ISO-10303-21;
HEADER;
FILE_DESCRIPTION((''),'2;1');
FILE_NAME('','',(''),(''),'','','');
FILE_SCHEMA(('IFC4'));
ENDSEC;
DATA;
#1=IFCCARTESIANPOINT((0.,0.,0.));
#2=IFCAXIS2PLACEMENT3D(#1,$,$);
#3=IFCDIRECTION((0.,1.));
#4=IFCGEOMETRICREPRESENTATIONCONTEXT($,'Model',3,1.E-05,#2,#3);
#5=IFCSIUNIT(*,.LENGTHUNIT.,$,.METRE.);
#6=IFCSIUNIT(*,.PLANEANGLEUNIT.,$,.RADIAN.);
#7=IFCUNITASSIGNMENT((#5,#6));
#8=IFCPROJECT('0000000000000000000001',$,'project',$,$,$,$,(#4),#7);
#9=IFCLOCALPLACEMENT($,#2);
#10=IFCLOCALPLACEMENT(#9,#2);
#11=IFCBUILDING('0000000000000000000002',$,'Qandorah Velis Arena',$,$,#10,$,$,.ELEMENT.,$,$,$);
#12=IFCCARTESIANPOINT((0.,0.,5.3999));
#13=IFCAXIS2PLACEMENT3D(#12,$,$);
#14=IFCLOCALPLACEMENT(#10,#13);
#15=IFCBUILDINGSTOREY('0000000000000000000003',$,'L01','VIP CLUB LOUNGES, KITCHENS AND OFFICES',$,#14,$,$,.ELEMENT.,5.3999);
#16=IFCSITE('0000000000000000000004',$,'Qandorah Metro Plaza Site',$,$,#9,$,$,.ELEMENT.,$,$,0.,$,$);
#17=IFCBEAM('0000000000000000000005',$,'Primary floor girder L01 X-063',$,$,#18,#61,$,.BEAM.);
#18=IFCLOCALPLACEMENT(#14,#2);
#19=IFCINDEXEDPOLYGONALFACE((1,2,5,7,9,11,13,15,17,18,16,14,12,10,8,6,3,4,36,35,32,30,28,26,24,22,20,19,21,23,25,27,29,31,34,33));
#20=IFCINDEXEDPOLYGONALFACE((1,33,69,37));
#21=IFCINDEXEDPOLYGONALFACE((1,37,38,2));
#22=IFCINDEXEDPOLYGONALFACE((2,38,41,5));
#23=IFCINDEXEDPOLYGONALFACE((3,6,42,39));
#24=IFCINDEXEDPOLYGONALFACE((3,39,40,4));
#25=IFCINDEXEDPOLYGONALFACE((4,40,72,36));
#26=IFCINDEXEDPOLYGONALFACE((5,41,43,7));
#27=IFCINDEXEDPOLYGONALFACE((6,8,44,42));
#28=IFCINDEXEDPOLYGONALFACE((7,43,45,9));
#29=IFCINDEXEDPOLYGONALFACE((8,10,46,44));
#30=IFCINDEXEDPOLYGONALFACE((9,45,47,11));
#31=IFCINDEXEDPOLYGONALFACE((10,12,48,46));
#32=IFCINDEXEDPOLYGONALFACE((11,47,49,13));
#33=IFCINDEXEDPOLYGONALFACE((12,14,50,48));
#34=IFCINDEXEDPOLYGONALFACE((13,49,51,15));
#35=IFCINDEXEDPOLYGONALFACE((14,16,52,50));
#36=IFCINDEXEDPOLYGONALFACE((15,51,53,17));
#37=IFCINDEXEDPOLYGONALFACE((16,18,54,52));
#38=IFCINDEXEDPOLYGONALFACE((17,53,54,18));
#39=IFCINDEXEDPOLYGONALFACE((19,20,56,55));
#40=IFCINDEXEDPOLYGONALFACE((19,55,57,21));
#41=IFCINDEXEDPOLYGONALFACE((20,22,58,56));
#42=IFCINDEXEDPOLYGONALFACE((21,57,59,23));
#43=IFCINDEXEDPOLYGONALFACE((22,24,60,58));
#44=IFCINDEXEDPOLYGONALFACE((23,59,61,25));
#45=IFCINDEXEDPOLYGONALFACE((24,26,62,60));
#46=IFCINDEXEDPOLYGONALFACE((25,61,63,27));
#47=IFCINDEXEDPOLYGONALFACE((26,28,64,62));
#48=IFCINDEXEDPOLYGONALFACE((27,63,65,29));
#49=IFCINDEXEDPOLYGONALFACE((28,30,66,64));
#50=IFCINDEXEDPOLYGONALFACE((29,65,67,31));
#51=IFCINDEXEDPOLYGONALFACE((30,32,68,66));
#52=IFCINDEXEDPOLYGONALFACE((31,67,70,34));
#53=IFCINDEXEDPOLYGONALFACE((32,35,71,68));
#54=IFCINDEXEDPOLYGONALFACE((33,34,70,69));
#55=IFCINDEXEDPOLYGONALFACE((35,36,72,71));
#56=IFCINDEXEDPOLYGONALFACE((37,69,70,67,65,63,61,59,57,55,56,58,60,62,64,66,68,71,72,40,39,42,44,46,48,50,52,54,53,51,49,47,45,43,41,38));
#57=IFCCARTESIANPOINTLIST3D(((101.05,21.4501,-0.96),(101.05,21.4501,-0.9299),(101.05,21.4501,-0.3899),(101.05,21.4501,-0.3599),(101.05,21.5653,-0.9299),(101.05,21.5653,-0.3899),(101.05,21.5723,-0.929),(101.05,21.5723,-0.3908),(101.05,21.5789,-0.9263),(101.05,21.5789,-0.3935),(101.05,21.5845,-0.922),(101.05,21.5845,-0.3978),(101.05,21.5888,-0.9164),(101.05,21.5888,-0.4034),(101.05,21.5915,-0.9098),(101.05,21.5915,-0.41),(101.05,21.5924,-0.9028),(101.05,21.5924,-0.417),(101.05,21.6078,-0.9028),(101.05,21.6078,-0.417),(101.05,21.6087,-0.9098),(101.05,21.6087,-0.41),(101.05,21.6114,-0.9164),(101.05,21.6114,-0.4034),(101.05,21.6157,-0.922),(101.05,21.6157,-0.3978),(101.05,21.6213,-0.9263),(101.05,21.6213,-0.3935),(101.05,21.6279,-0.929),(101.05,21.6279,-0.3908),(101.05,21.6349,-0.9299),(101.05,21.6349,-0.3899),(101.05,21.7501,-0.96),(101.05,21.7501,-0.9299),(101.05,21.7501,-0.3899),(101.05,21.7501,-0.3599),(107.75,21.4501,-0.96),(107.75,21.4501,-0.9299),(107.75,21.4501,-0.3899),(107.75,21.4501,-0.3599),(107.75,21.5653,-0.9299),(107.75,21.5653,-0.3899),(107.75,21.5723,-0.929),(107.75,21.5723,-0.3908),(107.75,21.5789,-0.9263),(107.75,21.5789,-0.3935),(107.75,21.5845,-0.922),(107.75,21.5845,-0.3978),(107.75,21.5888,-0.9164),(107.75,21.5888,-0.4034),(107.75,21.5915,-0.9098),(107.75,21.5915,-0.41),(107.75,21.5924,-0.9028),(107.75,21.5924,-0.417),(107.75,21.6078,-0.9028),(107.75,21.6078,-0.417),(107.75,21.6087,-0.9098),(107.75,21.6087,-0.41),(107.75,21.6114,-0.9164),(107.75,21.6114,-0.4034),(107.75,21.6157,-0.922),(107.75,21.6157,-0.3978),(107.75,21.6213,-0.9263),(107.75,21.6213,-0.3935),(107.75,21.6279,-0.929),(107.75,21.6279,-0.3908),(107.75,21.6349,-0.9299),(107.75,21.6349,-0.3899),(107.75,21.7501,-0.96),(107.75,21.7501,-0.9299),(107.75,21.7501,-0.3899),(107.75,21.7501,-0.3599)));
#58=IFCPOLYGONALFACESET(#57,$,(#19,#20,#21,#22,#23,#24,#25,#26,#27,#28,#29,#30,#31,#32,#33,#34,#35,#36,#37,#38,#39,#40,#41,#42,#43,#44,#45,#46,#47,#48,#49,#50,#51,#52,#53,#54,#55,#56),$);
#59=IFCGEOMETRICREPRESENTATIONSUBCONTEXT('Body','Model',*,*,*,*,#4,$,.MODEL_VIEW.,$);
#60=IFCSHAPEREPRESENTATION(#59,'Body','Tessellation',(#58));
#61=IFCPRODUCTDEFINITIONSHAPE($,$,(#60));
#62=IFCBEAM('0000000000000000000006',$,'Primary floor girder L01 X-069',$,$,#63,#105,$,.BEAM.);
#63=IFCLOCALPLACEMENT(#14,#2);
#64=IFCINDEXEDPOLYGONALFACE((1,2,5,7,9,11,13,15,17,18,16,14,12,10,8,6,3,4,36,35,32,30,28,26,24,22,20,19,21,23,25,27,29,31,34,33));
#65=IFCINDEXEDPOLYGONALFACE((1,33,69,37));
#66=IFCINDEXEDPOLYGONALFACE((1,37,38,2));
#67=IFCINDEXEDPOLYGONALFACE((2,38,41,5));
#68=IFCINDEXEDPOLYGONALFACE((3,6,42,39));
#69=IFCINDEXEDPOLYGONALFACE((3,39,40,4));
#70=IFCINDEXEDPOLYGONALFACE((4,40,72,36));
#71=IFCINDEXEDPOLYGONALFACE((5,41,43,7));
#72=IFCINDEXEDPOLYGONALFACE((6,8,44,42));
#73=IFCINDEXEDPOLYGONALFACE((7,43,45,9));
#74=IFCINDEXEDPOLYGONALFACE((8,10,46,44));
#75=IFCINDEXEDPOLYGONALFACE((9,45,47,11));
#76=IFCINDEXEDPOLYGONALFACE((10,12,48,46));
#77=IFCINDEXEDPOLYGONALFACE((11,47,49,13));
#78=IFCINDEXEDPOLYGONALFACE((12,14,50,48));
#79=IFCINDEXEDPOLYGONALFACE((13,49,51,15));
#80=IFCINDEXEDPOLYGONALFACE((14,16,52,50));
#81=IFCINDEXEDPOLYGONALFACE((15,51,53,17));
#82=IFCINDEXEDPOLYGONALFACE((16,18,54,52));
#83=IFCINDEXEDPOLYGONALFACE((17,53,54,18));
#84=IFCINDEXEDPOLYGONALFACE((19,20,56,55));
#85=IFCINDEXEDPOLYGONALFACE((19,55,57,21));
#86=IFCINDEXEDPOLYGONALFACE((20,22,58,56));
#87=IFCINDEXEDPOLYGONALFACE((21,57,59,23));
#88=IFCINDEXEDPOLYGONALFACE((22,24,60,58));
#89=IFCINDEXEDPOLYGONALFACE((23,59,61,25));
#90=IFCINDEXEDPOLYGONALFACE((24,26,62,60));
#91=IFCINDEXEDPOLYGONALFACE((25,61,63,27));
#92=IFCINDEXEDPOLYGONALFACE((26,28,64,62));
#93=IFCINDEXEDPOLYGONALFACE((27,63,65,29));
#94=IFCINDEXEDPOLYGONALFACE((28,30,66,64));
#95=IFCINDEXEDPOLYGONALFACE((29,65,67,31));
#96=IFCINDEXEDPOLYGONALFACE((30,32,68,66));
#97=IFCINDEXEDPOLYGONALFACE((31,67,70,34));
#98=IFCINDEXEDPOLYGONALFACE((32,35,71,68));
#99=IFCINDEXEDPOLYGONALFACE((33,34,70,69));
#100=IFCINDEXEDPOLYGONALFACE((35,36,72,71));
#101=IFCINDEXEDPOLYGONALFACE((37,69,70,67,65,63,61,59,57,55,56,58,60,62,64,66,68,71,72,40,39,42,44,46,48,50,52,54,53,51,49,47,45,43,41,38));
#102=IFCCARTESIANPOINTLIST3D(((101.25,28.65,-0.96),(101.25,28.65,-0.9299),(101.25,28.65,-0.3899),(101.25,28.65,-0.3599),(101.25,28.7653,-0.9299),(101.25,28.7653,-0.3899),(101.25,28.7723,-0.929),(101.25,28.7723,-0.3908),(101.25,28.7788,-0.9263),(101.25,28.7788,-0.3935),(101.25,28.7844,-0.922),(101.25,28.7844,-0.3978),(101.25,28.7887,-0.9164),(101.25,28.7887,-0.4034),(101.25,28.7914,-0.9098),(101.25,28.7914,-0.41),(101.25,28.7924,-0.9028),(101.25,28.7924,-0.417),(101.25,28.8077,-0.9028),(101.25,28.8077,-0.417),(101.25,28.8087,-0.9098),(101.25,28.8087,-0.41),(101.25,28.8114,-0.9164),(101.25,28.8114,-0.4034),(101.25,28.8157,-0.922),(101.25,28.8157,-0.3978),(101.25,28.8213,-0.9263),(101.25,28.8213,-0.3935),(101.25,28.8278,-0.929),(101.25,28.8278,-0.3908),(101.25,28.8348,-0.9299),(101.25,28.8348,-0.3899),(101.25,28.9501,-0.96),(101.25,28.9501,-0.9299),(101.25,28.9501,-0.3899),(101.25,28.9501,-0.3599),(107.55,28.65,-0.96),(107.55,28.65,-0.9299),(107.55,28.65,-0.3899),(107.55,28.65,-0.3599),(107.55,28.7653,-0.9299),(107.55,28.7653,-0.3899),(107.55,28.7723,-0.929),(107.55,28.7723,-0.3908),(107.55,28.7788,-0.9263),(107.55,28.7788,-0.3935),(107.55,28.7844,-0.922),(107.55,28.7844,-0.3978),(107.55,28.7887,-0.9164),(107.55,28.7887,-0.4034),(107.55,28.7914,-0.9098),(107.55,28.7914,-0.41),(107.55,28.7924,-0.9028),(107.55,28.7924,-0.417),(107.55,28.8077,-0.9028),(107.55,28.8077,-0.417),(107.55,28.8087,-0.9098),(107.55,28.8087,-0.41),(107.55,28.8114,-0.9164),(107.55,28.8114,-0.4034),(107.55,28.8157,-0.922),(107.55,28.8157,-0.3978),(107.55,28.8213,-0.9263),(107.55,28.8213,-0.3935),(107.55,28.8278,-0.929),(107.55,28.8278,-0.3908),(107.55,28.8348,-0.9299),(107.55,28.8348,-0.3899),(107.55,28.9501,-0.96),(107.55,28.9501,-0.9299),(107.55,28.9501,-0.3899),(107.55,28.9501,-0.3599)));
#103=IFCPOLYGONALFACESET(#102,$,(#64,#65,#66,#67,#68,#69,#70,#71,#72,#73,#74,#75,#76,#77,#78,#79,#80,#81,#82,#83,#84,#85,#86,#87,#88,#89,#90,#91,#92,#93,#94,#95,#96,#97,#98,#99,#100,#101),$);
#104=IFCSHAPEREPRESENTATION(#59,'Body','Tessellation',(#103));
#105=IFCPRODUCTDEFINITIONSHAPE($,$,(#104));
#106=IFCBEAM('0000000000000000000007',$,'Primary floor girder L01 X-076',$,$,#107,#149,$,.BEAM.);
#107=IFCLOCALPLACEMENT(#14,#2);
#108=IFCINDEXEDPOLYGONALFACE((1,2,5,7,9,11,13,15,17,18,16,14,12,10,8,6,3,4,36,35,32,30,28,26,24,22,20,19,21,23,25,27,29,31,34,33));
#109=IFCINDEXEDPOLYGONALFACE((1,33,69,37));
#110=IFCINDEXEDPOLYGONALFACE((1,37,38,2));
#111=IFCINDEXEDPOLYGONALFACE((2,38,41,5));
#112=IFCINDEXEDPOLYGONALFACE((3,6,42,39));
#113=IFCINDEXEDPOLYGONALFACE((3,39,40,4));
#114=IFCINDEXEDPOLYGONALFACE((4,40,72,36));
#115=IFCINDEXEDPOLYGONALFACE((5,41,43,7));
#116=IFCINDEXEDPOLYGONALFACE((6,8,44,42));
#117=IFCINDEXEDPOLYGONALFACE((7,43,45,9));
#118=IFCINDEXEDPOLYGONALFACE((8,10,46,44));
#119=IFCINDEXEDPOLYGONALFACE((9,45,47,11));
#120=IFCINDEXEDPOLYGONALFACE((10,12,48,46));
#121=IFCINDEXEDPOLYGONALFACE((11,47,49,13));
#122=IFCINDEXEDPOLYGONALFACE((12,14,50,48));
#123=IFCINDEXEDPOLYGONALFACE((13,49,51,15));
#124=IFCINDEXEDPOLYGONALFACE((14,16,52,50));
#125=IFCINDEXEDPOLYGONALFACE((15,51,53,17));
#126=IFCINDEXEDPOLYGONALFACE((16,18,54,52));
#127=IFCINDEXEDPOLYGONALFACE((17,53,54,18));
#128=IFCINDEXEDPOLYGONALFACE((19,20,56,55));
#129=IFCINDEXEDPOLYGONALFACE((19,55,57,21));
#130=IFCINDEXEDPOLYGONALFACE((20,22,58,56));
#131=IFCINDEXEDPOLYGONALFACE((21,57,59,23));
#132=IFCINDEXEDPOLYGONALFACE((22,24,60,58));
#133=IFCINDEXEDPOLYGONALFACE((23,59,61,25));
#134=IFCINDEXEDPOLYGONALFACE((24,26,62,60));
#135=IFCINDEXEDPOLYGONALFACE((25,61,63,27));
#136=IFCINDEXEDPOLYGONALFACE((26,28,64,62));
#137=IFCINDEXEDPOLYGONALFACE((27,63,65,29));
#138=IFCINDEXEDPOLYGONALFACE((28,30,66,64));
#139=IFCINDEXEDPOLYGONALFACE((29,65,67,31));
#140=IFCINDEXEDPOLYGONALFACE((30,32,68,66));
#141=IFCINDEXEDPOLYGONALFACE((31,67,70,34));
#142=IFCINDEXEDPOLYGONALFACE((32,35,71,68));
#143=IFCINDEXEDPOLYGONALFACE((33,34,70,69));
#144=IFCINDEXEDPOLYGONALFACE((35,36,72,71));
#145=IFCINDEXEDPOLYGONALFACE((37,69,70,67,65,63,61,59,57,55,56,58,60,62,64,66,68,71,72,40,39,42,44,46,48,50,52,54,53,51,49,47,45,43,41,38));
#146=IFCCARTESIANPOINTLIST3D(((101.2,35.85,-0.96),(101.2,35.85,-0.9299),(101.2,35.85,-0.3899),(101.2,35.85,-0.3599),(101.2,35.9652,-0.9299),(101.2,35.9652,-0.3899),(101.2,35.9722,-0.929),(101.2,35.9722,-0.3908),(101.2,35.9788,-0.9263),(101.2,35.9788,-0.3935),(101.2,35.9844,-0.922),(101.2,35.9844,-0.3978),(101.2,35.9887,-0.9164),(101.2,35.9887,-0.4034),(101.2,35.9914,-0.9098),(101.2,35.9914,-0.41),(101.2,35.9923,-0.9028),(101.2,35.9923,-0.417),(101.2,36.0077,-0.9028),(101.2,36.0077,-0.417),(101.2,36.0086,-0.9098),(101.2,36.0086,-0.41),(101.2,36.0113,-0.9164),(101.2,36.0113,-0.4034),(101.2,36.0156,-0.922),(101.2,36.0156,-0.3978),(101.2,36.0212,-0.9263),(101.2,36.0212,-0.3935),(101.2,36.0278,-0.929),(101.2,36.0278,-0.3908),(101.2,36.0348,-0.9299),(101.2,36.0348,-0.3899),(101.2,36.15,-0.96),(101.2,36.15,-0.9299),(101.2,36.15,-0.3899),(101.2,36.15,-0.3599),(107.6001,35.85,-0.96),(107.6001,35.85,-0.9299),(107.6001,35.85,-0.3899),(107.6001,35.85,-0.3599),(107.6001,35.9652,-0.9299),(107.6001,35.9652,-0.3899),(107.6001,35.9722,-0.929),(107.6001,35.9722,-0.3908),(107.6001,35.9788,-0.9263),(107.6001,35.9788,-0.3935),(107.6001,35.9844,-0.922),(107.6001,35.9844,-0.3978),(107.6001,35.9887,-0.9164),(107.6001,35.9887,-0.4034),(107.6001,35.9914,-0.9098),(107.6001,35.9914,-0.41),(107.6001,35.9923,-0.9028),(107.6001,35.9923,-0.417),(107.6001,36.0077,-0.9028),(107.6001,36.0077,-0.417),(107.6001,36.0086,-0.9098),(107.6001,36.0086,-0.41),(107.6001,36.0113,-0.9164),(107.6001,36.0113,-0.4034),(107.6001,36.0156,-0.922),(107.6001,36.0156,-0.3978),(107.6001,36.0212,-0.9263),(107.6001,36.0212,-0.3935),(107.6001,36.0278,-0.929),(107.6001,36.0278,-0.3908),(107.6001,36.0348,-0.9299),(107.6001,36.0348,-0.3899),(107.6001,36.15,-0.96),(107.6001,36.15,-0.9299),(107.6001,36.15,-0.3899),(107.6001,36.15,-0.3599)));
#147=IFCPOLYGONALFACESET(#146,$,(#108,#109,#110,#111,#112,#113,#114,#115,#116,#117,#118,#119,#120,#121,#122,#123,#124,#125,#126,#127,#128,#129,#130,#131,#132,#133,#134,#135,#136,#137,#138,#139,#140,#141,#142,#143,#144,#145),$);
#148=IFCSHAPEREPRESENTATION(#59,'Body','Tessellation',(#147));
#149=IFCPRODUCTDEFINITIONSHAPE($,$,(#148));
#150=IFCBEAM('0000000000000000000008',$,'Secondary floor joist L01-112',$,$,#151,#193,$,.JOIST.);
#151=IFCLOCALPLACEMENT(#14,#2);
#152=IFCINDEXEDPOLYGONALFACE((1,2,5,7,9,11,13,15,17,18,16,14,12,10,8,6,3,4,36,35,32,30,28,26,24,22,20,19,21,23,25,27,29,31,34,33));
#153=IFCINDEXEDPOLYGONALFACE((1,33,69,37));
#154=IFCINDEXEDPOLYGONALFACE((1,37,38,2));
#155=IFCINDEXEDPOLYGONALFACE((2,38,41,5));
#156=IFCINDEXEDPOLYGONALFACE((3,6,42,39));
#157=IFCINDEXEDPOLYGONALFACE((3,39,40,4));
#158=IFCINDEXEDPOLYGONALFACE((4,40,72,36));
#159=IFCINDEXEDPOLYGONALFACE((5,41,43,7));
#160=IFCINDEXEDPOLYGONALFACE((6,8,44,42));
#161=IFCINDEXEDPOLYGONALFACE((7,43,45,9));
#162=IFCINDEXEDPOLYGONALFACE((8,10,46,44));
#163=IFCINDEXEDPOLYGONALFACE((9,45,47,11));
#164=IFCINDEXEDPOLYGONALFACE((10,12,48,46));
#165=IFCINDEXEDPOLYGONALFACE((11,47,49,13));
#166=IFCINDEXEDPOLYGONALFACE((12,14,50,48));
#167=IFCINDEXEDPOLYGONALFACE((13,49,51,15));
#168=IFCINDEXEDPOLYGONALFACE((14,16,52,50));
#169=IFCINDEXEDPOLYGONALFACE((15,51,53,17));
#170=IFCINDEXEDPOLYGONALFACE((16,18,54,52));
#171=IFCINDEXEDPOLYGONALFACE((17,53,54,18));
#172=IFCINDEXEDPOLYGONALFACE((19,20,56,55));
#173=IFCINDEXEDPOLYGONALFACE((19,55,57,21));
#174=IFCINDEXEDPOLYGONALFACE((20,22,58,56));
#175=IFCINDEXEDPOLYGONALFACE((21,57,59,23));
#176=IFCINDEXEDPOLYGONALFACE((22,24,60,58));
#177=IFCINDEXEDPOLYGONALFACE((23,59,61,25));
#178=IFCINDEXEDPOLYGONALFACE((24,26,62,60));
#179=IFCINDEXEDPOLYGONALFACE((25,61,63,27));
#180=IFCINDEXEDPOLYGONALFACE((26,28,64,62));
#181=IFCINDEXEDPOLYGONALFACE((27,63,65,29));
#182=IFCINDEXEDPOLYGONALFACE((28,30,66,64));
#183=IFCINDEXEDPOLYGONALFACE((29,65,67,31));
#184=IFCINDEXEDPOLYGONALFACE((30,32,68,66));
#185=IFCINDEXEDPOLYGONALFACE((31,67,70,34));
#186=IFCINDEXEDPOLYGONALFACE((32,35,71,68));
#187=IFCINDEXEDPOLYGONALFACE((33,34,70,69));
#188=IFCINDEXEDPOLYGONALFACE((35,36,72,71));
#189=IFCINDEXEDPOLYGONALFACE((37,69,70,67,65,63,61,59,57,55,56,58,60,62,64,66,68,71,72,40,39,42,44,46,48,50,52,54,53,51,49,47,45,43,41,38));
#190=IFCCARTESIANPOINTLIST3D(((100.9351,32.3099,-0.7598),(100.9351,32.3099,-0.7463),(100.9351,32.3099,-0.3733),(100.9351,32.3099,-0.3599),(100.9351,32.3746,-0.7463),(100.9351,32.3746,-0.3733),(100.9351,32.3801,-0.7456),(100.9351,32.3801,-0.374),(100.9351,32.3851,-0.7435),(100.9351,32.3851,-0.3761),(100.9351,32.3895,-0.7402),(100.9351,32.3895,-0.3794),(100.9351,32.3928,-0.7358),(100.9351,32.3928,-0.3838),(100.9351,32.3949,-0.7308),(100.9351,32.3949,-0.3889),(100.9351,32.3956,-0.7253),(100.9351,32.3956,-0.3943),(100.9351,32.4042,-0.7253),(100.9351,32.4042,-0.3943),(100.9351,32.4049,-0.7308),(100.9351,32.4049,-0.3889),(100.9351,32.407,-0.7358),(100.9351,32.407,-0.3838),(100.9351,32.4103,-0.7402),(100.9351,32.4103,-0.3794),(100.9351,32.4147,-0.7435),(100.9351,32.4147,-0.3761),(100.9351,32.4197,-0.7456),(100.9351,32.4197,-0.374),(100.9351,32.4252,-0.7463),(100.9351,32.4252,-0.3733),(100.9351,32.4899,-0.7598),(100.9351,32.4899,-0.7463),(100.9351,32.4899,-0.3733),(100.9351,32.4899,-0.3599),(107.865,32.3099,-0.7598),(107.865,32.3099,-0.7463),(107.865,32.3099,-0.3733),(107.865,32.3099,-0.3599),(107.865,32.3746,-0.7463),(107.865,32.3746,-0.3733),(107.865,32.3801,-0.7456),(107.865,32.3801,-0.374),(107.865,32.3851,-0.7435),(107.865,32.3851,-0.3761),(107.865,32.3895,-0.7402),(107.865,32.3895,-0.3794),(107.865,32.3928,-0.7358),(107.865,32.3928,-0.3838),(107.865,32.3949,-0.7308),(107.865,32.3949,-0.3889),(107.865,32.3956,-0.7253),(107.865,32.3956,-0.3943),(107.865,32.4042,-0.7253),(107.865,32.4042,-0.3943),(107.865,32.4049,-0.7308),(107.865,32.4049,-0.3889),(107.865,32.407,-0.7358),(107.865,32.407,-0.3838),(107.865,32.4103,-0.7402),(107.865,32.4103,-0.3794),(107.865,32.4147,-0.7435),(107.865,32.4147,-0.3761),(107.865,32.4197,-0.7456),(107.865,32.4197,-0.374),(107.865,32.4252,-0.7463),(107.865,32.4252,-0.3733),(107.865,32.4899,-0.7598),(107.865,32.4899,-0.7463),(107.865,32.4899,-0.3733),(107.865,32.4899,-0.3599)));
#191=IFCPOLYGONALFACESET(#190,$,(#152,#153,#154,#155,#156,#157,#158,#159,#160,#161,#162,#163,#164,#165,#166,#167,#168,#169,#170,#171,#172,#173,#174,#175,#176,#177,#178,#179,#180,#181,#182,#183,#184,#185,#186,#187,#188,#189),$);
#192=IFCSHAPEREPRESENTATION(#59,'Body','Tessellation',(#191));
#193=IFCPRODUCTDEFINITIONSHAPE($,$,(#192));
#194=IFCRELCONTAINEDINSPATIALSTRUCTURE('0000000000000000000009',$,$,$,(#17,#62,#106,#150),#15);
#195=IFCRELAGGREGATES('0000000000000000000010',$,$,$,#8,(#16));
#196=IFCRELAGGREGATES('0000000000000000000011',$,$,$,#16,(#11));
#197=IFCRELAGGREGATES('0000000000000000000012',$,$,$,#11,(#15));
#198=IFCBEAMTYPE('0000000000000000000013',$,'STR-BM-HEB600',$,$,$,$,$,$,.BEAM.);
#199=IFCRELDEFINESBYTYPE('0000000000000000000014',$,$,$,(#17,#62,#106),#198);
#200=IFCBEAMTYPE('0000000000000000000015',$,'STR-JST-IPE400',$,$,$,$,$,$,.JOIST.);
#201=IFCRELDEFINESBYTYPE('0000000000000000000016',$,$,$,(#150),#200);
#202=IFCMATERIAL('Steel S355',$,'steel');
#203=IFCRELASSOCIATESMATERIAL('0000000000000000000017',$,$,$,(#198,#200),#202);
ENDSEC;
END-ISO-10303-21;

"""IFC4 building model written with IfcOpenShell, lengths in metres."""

from ifc_helpers import new_model, si_unit, direction, frame, origin, origin_2d, place, context, subcontext, project, spatial, i_section, extrude, material, material_profile, profile_set, type_object, element, save


model = new_model("IFC4")

# Units and contexts
model_context = context("Model", 3, precision=1e-05, world=origin(), true_north=direction((0.0, 1.0)))
body_context = subcontext(model_context, "Body", "Model", "MODEL_VIEW")
ifc_project = project(units=[si_unit("LENGTHUNIT", "METRE"), si_unit("PLANEANGLEUNIT", "RADIAN")], contexts=[model_context])

# Site, building, storey
site_placement = place(None, origin())
site = spatial("IfcSite", under=ifc_project, at=site_placement, Name="Qandorah Metro Plaza Site", CompositionType="ELEMENT", RefElevation=0.0)
building_placement = place(site_placement, origin())
building = spatial("IfcBuilding", under=site, at=building_placement, Name="Qandorah Velis Arena", CompositionType="ELEMENT")
storey_placement = place(building_placement, frame((0.0, 0.0, 5.3999)))
storey = spatial("IfcBuildingStorey", under=building, at=storey_placement, Name="L01", Description="VIP CLUB LOUNGES, KITCHENS AND OFFICES", CompositionType="ELEMENT", Elevation=5.3999)

# Beams
ifc_material_1 = material(Name="Steel S355", Category="steel")
ifc_material_profile_1 = material_profile(ifc_material_1, i_section(OverallWidth=0.3, OverallDepth=0.6001, WebThickness=0.0154, FlangeThickness=0.03, FilletRadius=0.0271, at=origin_2d()), Name="HEB 600")
ifc_profile_set_1 = profile_set([ifc_material_profile_1], Name="Steel S355")
beam_type_1 = type_object("IfcBeamType", Name="STR-BM-HEB600", PredefinedType="BEAM", material=ifc_profile_set_1)
for number, where, z_axis, x_axis, name in (
    (1, (101.05, 21.6001, -0.6599), (1.0, 0.0, 0.0), (0.0, 1.0, 0.0), "Primary floor girder L01 X-063"),
):
    element("IfcBeam", number, at=place(storey_placement, frame(where, z_axis=z_axis, x_axis=x_axis)), inside=storey, type_object=beam_type_1, Name=name, PredefinedType="BEAM", context=body_context, shape_type="SweptSolid", body=[
        extrude(i_section(OverallWidth=0.3, OverallDepth=0.6001, WebThickness=0.0154, FlangeThickness=0.03, FilletRadius=0.0271, at=origin_2d()), origin(), (0.0, 0.0, 1.0), 6.7),
    ])
beam_1_placement = place(storey_placement, frame((101.25, 28.8, -0.6599), z_axis=(1.0, 0.0, 0.0), x_axis=(0.0, 1.0, 0.0)))
element("IfcBeam", 2, at=beam_1_placement, inside=storey, type_object=beam_type_1, Name="Primary floor girder L01 X-069", PredefinedType="BEAM", context=body_context, shape_type="SweptSolid", body=[
    extrude(i_section(OverallWidth=0.3, OverallDepth=0.6001, WebThickness=0.0154, FlangeThickness=0.03, FilletRadius=0.0271, at=origin_2d()), origin(), (0.0, 0.0, 1.0), 6.3),
])
beam_2_placement = place(storey_placement, frame((101.2, 36.0, -0.6599), z_axis=(1.0, 0.0, 0.0), x_axis=(0.0, 1.0, 0.0)))
element("IfcBeam", 3, at=beam_2_placement, inside=storey, type_object=beam_type_1, Name="Primary floor girder L01 X-076", PredefinedType="BEAM", context=body_context, shape_type="SweptSolid", body=[
    extrude(i_section(OverallWidth=0.3, OverallDepth=0.6001, WebThickness=0.0154, FlangeThickness=0.03, FilletRadius=0.0271, at=origin_2d()), origin(), (0.0, 0.0, 1.0), 6.4001),
])
ifc_material_profile_2 = material_profile(ifc_material_1, i_section(OverallWidth=0.1799, OverallDepth=0.3999, WebThickness=0.0085, FlangeThickness=0.0134, FilletRadius=0.021, at=origin_2d()), Name="IPE 400")
ifc_profile_set_2 = profile_set([ifc_material_profile_2], Name="Steel S355")
beam_type_2 = type_object("IfcBeamType", Name="STR-JST-IPE400", PredefinedType="JOIST", material=ifc_profile_set_2)
beam_3_placement = place(storey_placement, frame((100.9351, 32.3999, -0.5598), z_axis=(1.0, 0.0, 0.0), x_axis=(0.0, 1.0, 0.0)))
element("IfcBeam", 4, at=beam_3_placement, inside=storey, type_object=beam_type_2, Name="Secondary floor joist L01-112", PredefinedType="JOIST", context=body_context, shape_type="SweptSolid", body=[
    extrude(i_section(OverallWidth=0.1799, OverallDepth=0.3999, WebThickness=0.0085, FlangeThickness=0.0134, FilletRadius=0.021, at=origin_2d()), origin(), (0.0, 0.0, 1.0), 6.9299),
])

save(model, "model.ifc")
